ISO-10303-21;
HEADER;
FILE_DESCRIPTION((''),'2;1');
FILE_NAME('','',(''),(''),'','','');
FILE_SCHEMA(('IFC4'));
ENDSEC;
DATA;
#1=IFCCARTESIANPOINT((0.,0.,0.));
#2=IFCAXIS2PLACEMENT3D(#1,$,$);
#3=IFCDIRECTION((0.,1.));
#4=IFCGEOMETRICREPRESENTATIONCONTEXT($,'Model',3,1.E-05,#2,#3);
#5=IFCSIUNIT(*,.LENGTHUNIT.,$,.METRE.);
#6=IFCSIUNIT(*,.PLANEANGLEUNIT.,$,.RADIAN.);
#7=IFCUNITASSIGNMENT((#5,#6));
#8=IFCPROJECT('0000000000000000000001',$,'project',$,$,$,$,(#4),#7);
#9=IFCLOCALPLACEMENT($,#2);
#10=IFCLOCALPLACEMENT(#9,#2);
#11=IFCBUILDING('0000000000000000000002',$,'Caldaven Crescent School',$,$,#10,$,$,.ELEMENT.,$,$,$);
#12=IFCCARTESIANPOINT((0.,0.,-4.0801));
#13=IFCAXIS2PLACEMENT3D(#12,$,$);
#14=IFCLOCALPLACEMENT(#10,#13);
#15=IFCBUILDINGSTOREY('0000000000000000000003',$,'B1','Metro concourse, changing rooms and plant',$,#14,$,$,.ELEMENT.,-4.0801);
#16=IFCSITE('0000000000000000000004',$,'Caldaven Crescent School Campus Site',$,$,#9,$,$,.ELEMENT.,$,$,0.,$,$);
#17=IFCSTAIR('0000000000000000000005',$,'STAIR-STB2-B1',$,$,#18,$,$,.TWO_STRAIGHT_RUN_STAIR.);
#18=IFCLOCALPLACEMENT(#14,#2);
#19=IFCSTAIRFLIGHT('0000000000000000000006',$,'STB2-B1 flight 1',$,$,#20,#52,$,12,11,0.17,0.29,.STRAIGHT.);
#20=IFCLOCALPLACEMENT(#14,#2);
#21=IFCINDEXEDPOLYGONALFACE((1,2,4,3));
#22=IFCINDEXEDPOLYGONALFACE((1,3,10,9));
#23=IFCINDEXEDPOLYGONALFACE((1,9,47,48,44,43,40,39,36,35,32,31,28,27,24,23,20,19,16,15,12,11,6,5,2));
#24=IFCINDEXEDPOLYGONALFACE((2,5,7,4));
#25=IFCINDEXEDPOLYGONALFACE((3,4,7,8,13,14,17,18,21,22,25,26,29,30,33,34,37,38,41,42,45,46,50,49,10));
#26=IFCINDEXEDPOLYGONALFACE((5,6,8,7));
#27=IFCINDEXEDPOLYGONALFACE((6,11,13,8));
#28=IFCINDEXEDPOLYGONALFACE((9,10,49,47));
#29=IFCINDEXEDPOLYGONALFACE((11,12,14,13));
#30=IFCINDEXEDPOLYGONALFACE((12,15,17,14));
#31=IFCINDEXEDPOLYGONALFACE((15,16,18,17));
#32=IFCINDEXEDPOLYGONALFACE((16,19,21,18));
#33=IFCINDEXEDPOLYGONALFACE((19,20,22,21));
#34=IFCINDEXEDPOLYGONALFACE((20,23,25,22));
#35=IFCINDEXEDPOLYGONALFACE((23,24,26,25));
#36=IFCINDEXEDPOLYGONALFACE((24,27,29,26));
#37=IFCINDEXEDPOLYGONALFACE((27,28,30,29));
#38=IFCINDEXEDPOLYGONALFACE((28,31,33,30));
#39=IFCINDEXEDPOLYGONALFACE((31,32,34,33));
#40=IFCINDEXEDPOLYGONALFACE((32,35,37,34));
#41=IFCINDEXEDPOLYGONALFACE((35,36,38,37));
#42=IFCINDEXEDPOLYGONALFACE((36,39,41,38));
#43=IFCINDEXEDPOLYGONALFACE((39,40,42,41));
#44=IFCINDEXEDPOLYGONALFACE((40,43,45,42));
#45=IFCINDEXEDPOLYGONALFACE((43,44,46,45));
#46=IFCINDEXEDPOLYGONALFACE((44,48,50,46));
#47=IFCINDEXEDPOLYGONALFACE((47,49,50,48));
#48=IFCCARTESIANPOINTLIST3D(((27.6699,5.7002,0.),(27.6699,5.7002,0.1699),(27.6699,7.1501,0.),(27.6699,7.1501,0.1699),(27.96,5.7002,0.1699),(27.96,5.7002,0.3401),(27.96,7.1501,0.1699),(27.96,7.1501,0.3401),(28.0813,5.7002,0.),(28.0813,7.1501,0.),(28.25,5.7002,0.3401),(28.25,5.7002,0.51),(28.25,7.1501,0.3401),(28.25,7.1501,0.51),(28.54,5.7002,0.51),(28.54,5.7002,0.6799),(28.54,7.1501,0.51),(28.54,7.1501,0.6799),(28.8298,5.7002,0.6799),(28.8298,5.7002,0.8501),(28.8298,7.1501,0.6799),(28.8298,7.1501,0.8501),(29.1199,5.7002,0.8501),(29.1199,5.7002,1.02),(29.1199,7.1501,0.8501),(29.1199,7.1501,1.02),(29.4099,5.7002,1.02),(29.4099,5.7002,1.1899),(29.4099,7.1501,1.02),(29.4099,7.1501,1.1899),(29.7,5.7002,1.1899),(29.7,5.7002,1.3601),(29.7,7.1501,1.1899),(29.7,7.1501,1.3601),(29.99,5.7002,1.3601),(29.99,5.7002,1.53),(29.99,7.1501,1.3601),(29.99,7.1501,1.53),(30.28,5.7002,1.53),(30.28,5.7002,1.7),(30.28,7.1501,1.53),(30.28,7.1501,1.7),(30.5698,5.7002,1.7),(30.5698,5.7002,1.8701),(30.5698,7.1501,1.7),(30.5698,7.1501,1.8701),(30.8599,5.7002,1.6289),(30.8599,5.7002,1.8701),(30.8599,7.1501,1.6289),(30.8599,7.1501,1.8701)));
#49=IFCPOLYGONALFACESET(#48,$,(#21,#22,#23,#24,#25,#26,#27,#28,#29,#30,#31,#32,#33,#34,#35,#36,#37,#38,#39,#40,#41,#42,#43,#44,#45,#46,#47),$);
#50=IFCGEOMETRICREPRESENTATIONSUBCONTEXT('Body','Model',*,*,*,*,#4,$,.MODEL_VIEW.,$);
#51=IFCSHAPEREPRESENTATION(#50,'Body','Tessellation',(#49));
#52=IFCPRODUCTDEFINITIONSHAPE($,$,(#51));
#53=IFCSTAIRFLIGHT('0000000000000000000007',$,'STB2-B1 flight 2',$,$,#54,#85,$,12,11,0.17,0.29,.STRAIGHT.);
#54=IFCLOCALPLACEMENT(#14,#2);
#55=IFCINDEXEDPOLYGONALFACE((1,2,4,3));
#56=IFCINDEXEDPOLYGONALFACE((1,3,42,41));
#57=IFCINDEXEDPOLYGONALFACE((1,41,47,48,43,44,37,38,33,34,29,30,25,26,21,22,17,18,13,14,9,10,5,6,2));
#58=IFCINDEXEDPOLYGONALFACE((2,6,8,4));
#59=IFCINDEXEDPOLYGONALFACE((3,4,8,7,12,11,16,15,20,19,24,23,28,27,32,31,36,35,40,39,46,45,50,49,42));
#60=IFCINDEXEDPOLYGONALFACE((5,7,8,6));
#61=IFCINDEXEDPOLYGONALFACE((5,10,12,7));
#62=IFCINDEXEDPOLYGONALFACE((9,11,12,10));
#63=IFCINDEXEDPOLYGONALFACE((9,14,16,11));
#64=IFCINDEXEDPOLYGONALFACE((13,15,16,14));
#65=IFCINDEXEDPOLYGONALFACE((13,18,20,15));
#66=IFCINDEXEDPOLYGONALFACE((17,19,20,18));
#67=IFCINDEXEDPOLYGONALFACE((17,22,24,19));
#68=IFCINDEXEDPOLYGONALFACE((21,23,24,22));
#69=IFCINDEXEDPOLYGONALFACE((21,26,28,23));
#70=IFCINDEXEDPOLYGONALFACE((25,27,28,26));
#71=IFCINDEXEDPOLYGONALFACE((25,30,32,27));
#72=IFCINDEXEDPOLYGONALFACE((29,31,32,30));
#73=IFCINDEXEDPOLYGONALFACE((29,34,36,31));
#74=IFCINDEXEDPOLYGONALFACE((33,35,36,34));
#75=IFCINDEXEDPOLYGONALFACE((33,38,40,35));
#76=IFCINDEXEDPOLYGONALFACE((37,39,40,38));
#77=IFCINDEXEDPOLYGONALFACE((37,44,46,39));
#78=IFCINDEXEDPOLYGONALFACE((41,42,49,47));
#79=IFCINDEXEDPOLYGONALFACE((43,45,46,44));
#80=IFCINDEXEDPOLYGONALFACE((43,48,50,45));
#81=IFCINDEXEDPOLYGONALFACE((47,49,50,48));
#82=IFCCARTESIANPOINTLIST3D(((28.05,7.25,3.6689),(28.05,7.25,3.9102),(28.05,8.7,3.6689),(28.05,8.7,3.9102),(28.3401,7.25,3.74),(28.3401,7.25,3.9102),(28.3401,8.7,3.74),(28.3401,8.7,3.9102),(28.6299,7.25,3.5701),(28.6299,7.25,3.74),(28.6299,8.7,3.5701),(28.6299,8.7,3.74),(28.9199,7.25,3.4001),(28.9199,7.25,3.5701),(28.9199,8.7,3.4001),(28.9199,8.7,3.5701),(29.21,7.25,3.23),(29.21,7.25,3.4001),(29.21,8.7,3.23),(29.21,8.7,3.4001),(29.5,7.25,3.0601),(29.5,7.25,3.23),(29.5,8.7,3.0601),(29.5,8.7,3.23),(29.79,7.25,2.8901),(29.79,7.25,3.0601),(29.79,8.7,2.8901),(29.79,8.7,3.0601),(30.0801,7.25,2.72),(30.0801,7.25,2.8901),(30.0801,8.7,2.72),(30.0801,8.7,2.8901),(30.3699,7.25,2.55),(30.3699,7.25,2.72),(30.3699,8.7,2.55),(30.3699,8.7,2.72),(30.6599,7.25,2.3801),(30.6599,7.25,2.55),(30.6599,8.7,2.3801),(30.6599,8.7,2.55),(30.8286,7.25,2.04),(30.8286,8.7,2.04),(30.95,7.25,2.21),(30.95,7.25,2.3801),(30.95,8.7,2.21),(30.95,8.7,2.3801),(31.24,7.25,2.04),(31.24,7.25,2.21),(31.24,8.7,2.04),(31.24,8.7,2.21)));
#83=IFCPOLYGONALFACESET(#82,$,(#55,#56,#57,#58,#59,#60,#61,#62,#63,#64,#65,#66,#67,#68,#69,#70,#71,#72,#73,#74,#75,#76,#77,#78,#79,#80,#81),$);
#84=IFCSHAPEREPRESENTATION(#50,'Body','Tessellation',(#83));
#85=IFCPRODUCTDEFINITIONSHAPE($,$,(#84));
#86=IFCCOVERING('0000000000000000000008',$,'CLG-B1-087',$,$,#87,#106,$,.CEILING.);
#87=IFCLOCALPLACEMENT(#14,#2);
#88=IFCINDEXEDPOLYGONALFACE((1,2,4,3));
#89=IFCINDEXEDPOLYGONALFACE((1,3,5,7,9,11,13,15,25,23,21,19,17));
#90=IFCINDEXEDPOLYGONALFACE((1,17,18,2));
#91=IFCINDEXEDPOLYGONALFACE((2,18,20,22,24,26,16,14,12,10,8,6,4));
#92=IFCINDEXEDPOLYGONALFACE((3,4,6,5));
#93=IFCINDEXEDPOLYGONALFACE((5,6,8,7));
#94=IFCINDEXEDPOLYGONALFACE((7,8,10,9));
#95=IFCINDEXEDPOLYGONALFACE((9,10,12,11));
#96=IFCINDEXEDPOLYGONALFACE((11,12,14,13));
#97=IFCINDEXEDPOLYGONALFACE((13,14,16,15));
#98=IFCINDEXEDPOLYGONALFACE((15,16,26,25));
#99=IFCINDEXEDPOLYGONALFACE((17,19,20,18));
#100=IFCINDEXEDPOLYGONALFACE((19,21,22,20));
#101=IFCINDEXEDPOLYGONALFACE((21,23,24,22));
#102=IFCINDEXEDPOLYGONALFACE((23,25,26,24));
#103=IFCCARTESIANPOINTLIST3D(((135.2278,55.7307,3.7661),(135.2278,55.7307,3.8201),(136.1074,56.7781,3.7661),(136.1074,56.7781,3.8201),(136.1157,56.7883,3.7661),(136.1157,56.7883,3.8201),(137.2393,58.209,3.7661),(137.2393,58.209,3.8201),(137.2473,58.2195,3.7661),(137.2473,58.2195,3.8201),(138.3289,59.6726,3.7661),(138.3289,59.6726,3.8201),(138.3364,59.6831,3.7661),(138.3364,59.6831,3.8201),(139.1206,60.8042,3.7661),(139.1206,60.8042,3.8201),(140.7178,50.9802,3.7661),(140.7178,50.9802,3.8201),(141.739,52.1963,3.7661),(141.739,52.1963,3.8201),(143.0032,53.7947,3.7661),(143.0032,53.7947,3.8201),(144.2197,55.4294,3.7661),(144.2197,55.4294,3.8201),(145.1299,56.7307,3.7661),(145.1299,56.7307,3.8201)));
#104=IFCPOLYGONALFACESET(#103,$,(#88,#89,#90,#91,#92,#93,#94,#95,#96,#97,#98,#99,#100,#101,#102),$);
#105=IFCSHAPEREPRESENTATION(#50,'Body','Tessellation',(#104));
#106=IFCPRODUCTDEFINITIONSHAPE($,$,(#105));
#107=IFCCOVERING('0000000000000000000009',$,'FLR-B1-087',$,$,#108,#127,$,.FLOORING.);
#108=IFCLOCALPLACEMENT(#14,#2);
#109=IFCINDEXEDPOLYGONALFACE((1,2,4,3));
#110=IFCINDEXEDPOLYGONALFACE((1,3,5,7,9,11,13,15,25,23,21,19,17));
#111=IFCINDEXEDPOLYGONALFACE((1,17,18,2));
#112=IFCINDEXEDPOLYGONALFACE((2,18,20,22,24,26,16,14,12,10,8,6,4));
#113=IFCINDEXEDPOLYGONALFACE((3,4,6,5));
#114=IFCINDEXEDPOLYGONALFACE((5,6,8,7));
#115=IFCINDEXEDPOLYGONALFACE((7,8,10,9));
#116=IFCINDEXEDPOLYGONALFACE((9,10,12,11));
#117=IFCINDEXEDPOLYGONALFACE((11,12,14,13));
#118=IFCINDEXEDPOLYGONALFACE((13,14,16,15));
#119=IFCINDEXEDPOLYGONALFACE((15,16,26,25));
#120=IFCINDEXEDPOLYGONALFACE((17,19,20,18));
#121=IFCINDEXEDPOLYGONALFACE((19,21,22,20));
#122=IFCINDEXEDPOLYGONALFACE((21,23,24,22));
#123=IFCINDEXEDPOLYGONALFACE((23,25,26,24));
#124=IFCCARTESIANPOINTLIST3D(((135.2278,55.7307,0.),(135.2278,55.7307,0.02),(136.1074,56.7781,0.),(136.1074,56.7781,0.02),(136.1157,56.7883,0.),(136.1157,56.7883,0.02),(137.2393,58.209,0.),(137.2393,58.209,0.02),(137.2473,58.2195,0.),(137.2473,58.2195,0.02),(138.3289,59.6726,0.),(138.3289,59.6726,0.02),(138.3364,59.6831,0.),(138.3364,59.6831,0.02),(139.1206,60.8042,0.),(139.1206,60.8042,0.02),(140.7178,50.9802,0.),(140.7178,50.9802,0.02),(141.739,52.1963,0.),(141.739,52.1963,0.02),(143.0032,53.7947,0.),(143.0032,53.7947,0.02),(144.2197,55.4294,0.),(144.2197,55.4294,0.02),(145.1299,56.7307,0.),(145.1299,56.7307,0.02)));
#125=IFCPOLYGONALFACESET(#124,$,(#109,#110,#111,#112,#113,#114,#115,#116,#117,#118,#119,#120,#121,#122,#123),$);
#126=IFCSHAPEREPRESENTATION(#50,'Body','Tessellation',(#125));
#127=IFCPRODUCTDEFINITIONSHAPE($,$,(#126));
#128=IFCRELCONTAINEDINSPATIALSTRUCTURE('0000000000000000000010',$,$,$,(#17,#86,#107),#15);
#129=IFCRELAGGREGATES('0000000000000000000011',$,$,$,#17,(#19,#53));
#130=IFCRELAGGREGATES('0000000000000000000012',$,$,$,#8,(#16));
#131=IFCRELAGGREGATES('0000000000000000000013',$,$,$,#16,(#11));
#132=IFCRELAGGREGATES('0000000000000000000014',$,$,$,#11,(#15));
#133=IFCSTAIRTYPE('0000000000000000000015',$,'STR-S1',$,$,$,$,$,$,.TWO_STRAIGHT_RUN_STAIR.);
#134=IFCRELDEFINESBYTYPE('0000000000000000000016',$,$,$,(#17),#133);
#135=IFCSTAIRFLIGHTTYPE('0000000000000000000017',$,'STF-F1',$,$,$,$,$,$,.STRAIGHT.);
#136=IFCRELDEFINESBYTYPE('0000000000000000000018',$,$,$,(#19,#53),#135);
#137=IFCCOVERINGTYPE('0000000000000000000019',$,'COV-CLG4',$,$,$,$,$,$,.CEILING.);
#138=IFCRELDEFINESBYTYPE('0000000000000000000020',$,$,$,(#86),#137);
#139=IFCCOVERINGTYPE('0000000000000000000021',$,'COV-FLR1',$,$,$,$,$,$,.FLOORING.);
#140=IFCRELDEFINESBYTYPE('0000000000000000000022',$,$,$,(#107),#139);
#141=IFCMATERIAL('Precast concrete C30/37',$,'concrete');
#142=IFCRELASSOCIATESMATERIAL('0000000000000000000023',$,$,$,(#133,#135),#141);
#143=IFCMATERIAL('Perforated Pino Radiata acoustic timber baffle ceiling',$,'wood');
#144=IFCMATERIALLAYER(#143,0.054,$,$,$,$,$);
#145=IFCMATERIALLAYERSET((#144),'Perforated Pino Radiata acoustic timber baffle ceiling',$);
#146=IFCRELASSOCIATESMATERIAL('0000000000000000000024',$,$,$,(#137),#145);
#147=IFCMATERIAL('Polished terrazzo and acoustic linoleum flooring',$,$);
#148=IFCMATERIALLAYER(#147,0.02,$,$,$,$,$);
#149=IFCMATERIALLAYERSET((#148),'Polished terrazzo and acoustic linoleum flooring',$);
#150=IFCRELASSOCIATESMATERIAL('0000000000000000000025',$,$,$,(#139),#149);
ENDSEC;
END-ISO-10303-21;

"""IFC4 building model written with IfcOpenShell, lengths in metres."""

from ifc_helpers import new_model, si_unit, direction, frame, origin, place, context, subcontext, project, spatial, polyline, outline, extrude, material, layer, layer_set, type_object, element, aggregate, save


model = new_model("IFC4")

# Units and contexts
model_context = context("Model", 3, precision=1e-05, world=origin(), true_north=direction((0.0, 1.0)))
body_context = subcontext(model_context, "Body", "Model", "MODEL_VIEW")
ifc_project = project(units=[si_unit("LENGTHUNIT", "METRE"), si_unit("PLANEANGLEUNIT", "RADIAN")], contexts=[model_context])

# Site, building, storey
site_placement = place(None, origin())
site = spatial("IfcSite", under=ifc_project, at=site_placement, Name="Caldaven Crescent School Campus Site", CompositionType="ELEMENT", RefElevation=0.0)
building_placement = place(site_placement, origin())
building = spatial("IfcBuilding", under=site, at=building_placement, Name="Caldaven Crescent School", CompositionType="ELEMENT")
storey_placement = place(building_placement, frame((0.0, 0.0, -4.0801)))
storey = spatial("IfcBuildingStorey", under=building, at=storey_placement, Name="B1", Description="Metro concourse, changing rooms and plant", CompositionType="ELEMENT", Elevation=-4.0801)

# Stair, stair flights
ifc_material_1 = material(Name="Precast concrete C30/37", Category="concrete")
stair_type = type_object("IfcStairType", Name="STR-S1", PredefinedType="TWO_STRAIGHT_RUN_STAIR", material=ifc_material_1)
stair_placement = place(storey_placement, origin())
stair = element("IfcStair", 1, at=stair_placement, inside=storey, type_object=stair_type, Name="STAIR-STB2-B1", PredefinedType="TWO_STRAIGHT_RUN_STAIR")
stair_flight_type = type_object("IfcStairFlightType", Name="STF-F1", PredefinedType="STRAIGHT", material=ifc_material_1)
stair_flight_1_placement = place(storey_placement, frame((27.6699, 6.425, 0.0), z_axis=(0.0, 0.0, 1.0), x_axis=(1.0, 0.0, 0.0)))
stair_flight_1 = element("IfcStairFlight", 2, at=stair_flight_1_placement, type_object=stair_flight_type, Name="STB2-B1 flight 1", NumberOfRisers=12, NumberOfTreads=11, PredefinedType="STRAIGHT", RiserHeight=0.17, TreadLength=0.29, context=body_context, shape_type="SweptSolid", body=[
    extrude(outline(polyline([(0.0, 0.0), (0.0, 0.1699), (0.29, 0.1699), (0.29, 0.3401), (0.5801, 0.3401), (0.5801, 0.51), (0.8701, 0.51), (0.8701, 0.6799), (1.1599, 0.6799), (1.1599, 0.8501), (1.45, 0.8501), (1.45, 1.02), (1.74, 1.02), (1.74, 1.1899), (2.03, 1.1899), (2.03, 1.3601), (2.3201, 1.3601), (2.3201, 1.53), (2.6101, 1.53), (2.6101, 1.7), (2.8999, 1.7), (2.8999, 1.8701), (3.1899, 1.8701), (3.1899, 2.04), (3.1899, 1.6289), (0.4114, 0.0), (0.0, 0.0)])), frame((0.0, 0.7251, 0.0), z_axis=(0.0, -1.0, 0.0), x_axis=(1.0, 0.0, 0.0)), (0.0, 0.0, 1.0), 1.45),
])
stair_flight_2_placement = place(storey_placement, frame((31.24, 7.9751, 2.04), z_axis=(0.0, 0.0, 1.0), x_axis=(-1.0, 0.0, 0.0)))
stair_flight_2 = element("IfcStairFlight", 3, at=stair_flight_2_placement, type_object=stair_flight_type, Name="STB2-B1 flight 2", NumberOfRisers=12, NumberOfTreads=11, PredefinedType="STRAIGHT", RiserHeight=0.17, TreadLength=0.29, context=body_context, shape_type="SweptSolid", body=[
    extrude(outline(polyline([(0.0, 0.0), (0.0, 0.1699), (0.29, 0.1699), (0.29, 0.3401), (0.5801, 0.3401), (0.5801, 0.51), (0.8701, 0.51), (0.8701, 0.6799), (1.1599, 0.6799), (1.1599, 0.8501), (1.45, 0.8501), (1.45, 1.02), (1.74, 1.02), (1.74, 1.1899), (2.03, 1.1899), (2.03, 1.3601), (2.3201, 1.3601), (2.3201, 1.53), (2.6101, 1.53), (2.6101, 1.7), (2.8999, 1.7), (2.8999, 1.8701), (3.1899, 1.8701), (3.1899, 2.04), (3.1899, 1.6289), (0.4114, 0.0), (0.0, 0.0)])), frame((0.0, 0.7251, 0.0), z_axis=(0.0, -1.0, 0.0), x_axis=(1.0, 0.0, 0.0)), (0.0, 0.0, 1.0), 1.45),
])
aggregate(stair, [stair_flight_1, stair_flight_2])

# Coverings
ifc_material_2 = material(Name="Perforated Pino Radiata acoustic timber baffle ceiling", Category="wood")
ifc_layer_1 = layer(ifc_material_2, 0.054)
ifc_layer_set_1 = layer_set([ifc_layer_1], Name="Perforated Pino Radiata acoustic timber baffle ceiling")
covering_type_1 = type_object("IfcCoveringType", Name="COV-CLG4", PredefinedType="CEILING", material=ifc_layer_set_1)
covering_1_placement = place(storey_placement, frame((0.0, 0.0, 3.7661)))
element("IfcCovering", 4, at=covering_1_placement, inside=storey, type_object=covering_type_1, Name="CLG-B1-087", PredefinedType="CEILING", context=body_context, shape_type="SweptSolid", body=[
    extrude(outline(polyline([(136.1074, 56.7781), (136.1157, 56.7883), (137.2393, 58.209), (137.2473, 58.2195), (138.3289, 59.6726), (138.3364, 59.6831), (139.1206, 60.8042), (145.1299, 56.7307), (144.2197, 55.4294), (143.0032, 53.7947), (141.739, 52.1963), (140.7178, 50.9802), (135.2278, 55.7307), (136.1074, 56.7781)])), origin(), (0.0, 0.0, 1.0), 0.054),
])
ifc_material_3 = material(Name="Polished terrazzo and acoustic linoleum flooring")
ifc_layer_2 = layer(ifc_material_3, 0.02)
ifc_layer_set_2 = layer_set([ifc_layer_2], Name="Polished terrazzo and acoustic linoleum flooring")
covering_type_2 = type_object("IfcCoveringType", Name="COV-FLR1", PredefinedType="FLOORING", material=ifc_layer_set_2)
covering_2_placement = place(storey_placement, origin())
element("IfcCovering", 5, at=covering_2_placement, inside=storey, type_object=covering_type_2, Name="FLR-B1-087", PredefinedType="FLOORING", context=body_context, shape_type="SweptSolid", body=[
    extrude(outline(polyline([(135.2278, 55.7307), (136.1074, 56.7781), (136.1157, 56.7883), (137.2393, 58.209), (137.2473, 58.2195), (138.3289, 59.6726), (138.3364, 59.6831), (139.1206, 60.8042), (145.1299, 56.7307), (144.2197, 55.4294), (143.0032, 53.7947), (141.739, 52.1963), (140.7178, 50.9802), (135.2278, 55.7307)])), origin(), (0.0, 0.0, 1.0), 0.02),
])

save(model, "model.ifc")
